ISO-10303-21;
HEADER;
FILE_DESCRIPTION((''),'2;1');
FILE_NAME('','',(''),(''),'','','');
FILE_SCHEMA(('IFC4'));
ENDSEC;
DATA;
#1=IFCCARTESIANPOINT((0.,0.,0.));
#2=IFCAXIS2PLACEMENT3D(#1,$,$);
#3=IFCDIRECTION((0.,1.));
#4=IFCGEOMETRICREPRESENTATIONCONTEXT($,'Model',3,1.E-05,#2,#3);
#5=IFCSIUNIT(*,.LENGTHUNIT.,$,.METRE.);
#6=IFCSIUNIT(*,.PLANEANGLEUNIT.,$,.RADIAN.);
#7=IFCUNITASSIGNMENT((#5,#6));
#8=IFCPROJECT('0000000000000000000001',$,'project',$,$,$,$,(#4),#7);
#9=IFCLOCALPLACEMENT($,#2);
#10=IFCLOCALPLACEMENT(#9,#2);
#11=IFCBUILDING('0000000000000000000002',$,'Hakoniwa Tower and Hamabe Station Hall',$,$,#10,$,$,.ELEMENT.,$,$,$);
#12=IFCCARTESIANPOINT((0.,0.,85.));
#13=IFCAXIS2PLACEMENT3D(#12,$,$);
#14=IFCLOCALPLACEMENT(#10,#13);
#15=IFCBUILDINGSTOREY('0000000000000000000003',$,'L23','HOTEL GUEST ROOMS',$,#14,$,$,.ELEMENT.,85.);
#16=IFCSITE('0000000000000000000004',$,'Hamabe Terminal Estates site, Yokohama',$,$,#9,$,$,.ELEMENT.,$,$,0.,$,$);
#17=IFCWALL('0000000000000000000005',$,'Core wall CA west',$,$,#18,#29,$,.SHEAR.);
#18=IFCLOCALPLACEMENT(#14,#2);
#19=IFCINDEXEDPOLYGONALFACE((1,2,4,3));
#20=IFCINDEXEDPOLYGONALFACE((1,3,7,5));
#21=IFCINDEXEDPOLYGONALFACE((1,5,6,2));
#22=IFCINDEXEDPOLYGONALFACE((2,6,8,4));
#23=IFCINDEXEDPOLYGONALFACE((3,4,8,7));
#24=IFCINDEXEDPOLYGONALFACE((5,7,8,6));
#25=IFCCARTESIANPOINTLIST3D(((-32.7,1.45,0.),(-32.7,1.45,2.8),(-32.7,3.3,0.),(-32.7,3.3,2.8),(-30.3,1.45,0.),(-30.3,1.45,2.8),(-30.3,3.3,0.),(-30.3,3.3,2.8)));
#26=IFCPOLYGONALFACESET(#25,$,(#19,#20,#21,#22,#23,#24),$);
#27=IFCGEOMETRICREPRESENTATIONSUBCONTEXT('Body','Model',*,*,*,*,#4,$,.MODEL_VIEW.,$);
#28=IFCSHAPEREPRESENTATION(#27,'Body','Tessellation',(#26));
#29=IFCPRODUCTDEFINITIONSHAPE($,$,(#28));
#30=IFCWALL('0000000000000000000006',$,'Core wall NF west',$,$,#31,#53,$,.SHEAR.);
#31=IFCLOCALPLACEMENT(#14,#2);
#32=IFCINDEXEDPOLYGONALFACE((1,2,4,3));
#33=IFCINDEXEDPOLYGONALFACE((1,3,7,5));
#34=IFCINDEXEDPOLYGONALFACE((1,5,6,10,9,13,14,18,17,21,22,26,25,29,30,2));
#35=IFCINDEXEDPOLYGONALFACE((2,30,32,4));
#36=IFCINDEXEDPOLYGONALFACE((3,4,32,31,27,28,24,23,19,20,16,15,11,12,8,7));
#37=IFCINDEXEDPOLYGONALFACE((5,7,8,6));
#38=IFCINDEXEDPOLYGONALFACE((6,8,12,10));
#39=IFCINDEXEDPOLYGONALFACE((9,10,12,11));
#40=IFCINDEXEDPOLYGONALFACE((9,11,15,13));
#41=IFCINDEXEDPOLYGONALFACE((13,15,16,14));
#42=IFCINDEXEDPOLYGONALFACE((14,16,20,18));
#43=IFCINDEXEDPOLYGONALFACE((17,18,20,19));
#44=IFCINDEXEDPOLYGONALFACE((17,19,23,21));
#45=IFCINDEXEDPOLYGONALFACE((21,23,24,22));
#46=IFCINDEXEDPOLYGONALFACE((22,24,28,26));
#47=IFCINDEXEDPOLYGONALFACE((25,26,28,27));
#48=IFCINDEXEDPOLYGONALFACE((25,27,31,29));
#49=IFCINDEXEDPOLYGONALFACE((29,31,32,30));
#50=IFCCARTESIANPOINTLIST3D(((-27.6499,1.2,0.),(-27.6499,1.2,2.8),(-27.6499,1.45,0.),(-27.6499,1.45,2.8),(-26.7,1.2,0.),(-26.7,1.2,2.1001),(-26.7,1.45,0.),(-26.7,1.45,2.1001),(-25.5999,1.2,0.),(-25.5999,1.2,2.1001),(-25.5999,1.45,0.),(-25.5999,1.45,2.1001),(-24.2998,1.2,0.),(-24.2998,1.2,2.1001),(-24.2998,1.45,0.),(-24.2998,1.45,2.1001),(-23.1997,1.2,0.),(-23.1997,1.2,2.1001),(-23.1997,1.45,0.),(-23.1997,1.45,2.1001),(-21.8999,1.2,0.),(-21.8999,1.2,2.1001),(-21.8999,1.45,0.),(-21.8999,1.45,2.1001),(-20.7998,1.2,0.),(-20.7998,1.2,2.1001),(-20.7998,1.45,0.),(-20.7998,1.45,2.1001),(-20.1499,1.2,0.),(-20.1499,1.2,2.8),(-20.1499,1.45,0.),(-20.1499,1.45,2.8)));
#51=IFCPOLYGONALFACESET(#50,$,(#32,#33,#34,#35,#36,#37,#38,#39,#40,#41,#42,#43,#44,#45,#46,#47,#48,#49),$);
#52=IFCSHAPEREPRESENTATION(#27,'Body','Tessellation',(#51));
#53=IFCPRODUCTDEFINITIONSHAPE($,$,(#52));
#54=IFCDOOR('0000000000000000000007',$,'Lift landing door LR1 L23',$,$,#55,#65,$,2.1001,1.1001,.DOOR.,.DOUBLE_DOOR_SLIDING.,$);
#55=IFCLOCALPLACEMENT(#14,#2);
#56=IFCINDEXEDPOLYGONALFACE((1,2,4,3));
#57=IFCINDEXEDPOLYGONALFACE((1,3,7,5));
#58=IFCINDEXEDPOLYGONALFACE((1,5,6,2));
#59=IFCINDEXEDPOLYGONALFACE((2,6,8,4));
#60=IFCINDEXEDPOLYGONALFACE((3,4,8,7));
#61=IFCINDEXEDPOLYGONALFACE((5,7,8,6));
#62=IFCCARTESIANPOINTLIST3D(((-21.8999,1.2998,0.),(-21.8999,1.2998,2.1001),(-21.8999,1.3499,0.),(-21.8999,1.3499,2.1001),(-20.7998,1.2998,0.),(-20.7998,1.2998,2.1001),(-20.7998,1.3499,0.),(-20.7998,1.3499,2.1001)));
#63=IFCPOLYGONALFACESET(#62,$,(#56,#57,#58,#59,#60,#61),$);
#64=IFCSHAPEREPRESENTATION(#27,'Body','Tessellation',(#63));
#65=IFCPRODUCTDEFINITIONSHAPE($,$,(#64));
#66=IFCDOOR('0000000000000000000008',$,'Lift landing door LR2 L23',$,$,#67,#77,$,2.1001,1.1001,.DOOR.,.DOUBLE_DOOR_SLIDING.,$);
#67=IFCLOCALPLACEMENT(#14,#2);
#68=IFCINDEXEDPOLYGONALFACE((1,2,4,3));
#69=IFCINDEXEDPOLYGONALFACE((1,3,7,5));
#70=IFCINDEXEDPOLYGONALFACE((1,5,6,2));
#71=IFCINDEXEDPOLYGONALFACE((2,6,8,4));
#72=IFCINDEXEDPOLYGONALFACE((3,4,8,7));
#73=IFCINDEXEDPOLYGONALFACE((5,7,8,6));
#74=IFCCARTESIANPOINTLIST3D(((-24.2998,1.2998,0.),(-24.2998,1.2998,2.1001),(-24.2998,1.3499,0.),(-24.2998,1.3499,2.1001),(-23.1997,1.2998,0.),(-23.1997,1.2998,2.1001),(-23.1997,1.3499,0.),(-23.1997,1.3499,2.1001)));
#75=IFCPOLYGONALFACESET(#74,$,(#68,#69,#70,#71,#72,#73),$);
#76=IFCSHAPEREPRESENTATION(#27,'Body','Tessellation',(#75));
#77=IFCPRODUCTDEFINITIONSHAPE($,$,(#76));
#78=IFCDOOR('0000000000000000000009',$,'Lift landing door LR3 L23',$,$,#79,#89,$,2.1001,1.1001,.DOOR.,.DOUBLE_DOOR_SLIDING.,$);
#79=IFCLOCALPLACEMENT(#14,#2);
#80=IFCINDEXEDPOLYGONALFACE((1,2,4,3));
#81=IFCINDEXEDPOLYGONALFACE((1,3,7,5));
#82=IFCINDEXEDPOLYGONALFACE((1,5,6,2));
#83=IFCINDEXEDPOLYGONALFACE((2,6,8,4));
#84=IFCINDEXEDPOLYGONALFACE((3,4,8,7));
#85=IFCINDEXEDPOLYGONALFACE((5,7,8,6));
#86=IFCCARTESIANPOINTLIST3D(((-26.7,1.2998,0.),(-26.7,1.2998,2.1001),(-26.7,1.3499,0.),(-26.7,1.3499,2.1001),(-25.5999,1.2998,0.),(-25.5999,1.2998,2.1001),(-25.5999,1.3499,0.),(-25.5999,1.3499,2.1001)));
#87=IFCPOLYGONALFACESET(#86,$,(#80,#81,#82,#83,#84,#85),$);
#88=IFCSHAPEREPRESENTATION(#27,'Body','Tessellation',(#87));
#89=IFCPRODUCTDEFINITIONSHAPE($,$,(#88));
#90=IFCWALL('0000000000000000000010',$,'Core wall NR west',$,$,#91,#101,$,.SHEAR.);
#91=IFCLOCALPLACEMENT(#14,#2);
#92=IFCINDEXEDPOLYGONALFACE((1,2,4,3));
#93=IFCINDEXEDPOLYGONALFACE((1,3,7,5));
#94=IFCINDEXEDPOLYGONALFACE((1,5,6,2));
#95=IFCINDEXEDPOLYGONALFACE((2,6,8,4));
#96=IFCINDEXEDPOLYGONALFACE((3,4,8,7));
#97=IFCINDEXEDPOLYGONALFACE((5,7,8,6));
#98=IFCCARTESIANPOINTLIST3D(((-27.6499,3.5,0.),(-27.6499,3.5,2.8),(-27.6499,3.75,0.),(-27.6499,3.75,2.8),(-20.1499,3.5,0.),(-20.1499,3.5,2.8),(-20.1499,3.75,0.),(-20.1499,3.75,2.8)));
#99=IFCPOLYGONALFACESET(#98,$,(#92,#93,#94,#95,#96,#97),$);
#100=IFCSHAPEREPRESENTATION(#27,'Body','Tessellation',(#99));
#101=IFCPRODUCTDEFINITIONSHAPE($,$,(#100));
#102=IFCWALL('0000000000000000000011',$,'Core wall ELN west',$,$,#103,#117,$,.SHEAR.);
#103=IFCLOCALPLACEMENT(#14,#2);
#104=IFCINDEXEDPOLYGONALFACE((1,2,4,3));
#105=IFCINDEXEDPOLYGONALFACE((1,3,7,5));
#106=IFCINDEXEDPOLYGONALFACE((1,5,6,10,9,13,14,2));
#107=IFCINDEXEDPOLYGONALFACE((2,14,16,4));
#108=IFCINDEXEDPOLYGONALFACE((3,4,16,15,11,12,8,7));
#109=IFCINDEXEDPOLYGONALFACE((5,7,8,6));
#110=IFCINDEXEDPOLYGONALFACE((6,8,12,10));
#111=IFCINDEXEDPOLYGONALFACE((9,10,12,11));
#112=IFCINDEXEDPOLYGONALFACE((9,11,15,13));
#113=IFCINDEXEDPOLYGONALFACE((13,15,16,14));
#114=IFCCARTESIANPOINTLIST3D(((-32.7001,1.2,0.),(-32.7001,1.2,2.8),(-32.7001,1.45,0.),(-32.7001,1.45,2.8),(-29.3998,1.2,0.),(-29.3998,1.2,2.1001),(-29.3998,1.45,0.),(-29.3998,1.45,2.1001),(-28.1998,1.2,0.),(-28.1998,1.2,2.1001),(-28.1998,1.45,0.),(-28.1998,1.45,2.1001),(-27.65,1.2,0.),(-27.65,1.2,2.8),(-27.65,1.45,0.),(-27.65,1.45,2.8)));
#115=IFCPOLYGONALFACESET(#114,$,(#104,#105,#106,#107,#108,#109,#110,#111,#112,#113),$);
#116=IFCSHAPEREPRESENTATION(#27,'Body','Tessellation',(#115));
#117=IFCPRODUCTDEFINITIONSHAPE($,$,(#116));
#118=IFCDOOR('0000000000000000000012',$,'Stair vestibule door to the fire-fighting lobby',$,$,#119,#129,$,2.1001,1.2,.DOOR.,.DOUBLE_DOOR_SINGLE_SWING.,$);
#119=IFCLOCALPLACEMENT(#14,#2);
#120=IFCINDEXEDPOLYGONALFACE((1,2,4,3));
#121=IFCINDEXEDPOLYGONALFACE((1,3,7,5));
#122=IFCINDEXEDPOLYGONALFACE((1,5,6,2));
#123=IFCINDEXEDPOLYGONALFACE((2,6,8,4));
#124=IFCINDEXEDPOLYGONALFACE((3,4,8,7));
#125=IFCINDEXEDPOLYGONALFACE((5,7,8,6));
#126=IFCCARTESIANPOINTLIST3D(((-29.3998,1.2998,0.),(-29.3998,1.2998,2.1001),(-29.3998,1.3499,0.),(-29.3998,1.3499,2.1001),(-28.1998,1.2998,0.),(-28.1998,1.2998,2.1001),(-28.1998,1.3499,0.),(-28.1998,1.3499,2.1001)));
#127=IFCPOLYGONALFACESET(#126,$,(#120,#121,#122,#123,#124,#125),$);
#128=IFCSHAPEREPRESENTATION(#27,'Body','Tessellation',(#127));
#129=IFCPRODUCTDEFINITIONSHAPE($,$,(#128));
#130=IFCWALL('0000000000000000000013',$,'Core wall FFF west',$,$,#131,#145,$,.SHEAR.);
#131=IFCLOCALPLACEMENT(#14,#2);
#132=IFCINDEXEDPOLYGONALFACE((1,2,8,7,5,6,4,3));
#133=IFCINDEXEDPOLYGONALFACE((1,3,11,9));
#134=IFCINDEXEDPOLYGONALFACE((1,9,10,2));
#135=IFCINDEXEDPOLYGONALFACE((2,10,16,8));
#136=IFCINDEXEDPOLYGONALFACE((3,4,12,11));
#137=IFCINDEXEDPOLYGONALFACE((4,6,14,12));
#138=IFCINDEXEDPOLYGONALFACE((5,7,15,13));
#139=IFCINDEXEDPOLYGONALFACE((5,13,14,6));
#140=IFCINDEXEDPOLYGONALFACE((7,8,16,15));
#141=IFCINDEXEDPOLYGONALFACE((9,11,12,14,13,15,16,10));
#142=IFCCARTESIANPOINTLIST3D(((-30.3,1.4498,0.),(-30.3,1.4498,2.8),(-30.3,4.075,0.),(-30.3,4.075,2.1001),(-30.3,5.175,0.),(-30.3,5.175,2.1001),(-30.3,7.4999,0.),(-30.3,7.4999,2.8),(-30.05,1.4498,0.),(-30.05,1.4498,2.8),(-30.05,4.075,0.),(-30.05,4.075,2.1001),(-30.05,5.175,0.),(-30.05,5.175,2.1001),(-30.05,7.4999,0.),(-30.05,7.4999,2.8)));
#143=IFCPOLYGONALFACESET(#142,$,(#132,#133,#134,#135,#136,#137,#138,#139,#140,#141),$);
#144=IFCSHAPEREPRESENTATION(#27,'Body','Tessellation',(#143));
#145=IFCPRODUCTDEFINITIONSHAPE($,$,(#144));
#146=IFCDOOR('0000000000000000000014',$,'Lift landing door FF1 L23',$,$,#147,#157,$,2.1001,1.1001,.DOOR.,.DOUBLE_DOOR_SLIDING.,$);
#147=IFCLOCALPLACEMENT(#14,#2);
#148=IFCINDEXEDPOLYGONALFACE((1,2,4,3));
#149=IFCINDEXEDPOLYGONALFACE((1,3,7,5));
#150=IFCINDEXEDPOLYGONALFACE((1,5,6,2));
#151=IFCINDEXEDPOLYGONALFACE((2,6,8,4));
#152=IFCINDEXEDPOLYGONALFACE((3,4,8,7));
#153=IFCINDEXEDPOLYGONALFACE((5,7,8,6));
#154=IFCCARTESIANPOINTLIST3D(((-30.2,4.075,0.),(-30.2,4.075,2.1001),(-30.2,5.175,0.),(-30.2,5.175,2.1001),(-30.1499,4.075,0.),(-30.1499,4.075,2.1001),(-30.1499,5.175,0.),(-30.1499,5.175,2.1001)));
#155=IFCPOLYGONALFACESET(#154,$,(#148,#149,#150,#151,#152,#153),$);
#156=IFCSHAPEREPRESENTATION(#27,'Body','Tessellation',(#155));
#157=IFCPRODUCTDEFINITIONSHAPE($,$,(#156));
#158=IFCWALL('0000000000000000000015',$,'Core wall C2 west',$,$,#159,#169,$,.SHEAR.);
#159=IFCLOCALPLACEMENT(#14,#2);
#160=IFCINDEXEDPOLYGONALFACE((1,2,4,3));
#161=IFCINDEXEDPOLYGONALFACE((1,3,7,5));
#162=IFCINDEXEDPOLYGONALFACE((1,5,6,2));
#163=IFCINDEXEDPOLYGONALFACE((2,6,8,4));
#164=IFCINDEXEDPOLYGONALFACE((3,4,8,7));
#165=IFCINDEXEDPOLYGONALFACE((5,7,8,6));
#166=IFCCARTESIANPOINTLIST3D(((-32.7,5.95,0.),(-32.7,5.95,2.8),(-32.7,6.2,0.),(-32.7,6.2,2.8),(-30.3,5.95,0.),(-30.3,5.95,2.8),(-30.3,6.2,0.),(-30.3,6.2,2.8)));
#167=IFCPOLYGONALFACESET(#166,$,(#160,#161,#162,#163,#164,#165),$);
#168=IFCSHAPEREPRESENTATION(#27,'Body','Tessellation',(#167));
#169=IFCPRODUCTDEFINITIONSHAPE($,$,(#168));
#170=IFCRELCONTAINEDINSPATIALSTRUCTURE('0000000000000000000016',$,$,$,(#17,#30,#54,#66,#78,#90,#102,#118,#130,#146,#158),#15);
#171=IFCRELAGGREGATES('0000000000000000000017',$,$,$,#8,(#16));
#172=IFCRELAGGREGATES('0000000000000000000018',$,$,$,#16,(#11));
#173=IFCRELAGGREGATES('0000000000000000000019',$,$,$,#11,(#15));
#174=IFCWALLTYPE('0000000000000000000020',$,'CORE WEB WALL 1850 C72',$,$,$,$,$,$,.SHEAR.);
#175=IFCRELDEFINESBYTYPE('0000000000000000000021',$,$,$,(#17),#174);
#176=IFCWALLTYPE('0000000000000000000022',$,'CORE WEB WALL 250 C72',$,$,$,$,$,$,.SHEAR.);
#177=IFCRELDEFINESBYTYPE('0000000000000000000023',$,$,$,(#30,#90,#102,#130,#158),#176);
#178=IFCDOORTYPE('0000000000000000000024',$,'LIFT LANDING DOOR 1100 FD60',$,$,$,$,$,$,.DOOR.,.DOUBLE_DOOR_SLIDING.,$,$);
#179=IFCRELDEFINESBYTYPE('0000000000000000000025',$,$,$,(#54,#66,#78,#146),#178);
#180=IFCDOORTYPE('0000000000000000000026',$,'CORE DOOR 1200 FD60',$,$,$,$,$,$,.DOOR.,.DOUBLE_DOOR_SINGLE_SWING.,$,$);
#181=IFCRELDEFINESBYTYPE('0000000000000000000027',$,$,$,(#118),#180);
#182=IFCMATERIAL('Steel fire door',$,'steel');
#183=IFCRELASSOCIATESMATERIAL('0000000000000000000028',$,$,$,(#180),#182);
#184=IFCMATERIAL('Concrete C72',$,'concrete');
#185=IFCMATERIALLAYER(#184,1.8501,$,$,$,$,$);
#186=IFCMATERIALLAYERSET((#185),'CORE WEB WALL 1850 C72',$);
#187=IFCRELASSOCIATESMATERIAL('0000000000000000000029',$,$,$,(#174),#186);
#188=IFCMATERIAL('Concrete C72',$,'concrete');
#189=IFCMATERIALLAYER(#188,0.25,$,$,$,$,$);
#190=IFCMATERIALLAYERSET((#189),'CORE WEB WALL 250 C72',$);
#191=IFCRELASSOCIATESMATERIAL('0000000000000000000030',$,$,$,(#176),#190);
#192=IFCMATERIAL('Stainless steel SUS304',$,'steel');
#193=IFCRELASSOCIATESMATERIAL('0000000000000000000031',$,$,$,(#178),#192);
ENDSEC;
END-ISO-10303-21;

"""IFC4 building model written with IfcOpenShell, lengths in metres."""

from ifc_helpers import new_model, si_unit, direction, frame, frame_2d, origin, place, context, subcontext, project, spatial, rectangle, extrude, material, layer, layer_set, type_object, element, fill, save


model = new_model("IFC4")

# Units and contexts
model_context = context("Model", 3, precision=1e-05, world=origin(), true_north=direction((0.0, 1.0)))
body_context = subcontext(model_context, "Body", "Model", "MODEL_VIEW")
ifc_project = project(units=[si_unit("LENGTHUNIT", "METRE"), si_unit("PLANEANGLEUNIT", "RADIAN")], contexts=[model_context])

# Site, building, storey
site_placement = place(None, origin())
site = spatial("IfcSite", under=ifc_project, at=site_placement, Name="Hamabe Terminal Estates site, Yokohama", CompositionType="ELEMENT", RefElevation=0.0)
building_placement = place(site_placement, origin())
building = spatial("IfcBuilding", under=site, at=building_placement, Name="Hakoniwa Tower and Hamabe Station Hall", CompositionType="ELEMENT")
storey_placement = place(building_placement, frame((0.0, 0.0, 85.0)))
storey = spatial("IfcBuildingStorey", under=building, at=storey_placement, Name="L23", Description="HOTEL GUEST ROOMS", CompositionType="ELEMENT", Elevation=85.0)

# Shared definitions
ifc_material_1 = material(Name="Steel fire door", Category="steel")
door_type_1 = type_object("IfcDoorType", Name="CORE DOOR 1200 FD60", OperationType="DOUBLE_DOOR_SINGLE_SWING", PredefinedType="DOOR", material=ifc_material_1)

# Wall
ifc_material_2 = material(Name="Concrete C72", Category="concrete")
ifc_layer_1 = layer(ifc_material_2, 1.8501)
ifc_layer_set_1 = layer_set([ifc_layer_1], Name="CORE WEB WALL 1850 C72")
wall_type_1 = type_object("IfcWallType", Name="CORE WEB WALL 1850 C72", PredefinedType="SHEAR", material=ifc_layer_set_1)
wall_1_placement = place(storey_placement, frame((-32.7, 2.375, 0.0), z_axis=(0.0, 0.0, 1.0), x_axis=(1.0, 0.0, 0.0)))
element("IfcWall", 1, at=wall_1_placement, inside=storey, type_object=wall_type_1, Name="Core wall CA west", PredefinedType="SHEAR", context=body_context, shape_type="SweptSolid", body=[
    extrude(rectangle(XDim=2.3999, YDim=1.8501, at=frame_2d((1.2, 0.0))), origin(), (0.0, 0.0, 1.0), 2.8),
])

# Wall, openings, doors
ifc_material_3 = material(Name="Concrete C72", Category="concrete")
ifc_layer_2 = layer(ifc_material_3, 0.25)
ifc_layer_set_2 = layer_set([ifc_layer_2], Name="CORE WEB WALL 250 C72")
wall_type_2 = type_object("IfcWallType", Name="CORE WEB WALL 250 C72", PredefinedType="SHEAR", material=ifc_layer_set_2)
wall_2_placement = place(storey_placement, frame((-27.6499, 1.325, 0.0), z_axis=(0.0, 0.0, 1.0), x_axis=(1.0, 0.0, 0.0)))
wall_2 = element("IfcWall", 2, at=wall_2_placement, inside=storey, type_object=wall_type_2, Name="Core wall NF west", PredefinedType="SHEAR", context=body_context, shape_type="SweptSolid", body=[
    extrude(rectangle(XDim=7.5, YDim=0.25, at=frame_2d((3.75, 0.0))), origin(), (0.0, 0.0, 1.0), 2.8),
])
opening_1_placement = place(wall_2_placement, frame((5.75, 0.0, 0.0)))
opening_1 = element("IfcOpeningElement", 3, at=opening_1_placement, cuts=wall_2, PredefinedType="OPENING", context=body_context, shape_type="SweptSolid", body=[
    extrude(rectangle(XDim=1.1001, YDim=2.1001, at=frame_2d((0.55, 1.05))), frame((0.0, 0.135, 0.0), z_axis=(0.0, -1.0, 0.0), x_axis=(1.0, 0.0, 0.0)), (0.0, 0.0, 1.0), 0.27),
])
opening_2_placement = place(wall_2_placement, frame((3.3501, 0.0, 0.0)))
opening_2 = element("IfcOpeningElement", 4, at=opening_2_placement, cuts=wall_2, PredefinedType="OPENING", context=body_context, shape_type="SweptSolid", body=[
    extrude(rectangle(XDim=1.1001, YDim=2.1001, at=frame_2d((0.55, 1.05))), frame((0.0, 0.135, 0.0), z_axis=(0.0, -1.0, 0.0), x_axis=(1.0, 0.0, 0.0)), (0.0, 0.0, 1.0), 0.27),
])
opening_3_placement = place(wall_2_placement, frame((0.95, 0.0, 0.0)))
opening_3 = element("IfcOpeningElement", 5, at=opening_3_placement, cuts=wall_2, PredefinedType="OPENING", context=body_context, shape_type="SweptSolid", body=[
    extrude(rectangle(XDim=1.1001, YDim=2.1001, at=frame_2d((0.55, 1.05))), frame((0.0, 0.135, 0.0), z_axis=(0.0, -1.0, 0.0), x_axis=(1.0, 0.0, 0.0)), (0.0, 0.0, 1.0), 0.27),
])
ifc_material_4 = material(Name="Stainless steel SUS304", Category="steel")
door_type_2 = type_object("IfcDoorType", Name="LIFT LANDING DOOR 1100 FD60", OperationType="DOUBLE_DOOR_SLIDING", PredefinedType="DOOR", material=ifc_material_4)
door_1_placement = place(opening_1_placement, origin())
door_1 = element("IfcDoor", 6, at=door_1_placement, inside=storey, type_object=door_type_2, Name="Lift landing door LR1 L23", OperationType="DOUBLE_DOOR_SLIDING", OverallHeight=2.1001, OverallWidth=1.1001, PredefinedType="DOOR", context=body_context, shape_type="SweptSolid", body=[
    extrude(rectangle(XDim=1.1001, YDim=2.1001, at=frame_2d((0.55, 1.05))), frame((0.0, 0.0249, 0.0), z_axis=(0.0, -1.0, 0.0), x_axis=(1.0, 0.0, 0.0)), (0.0, 0.0, 1.0), 0.05),
])
fill(opening_1, door_1)
door_2_placement = place(opening_2_placement, origin())
door_2 = element("IfcDoor", 7, at=door_2_placement, inside=storey, type_object=door_type_2, Name="Lift landing door LR2 L23", OperationType="DOUBLE_DOOR_SLIDING", OverallHeight=2.1001, OverallWidth=1.1001, PredefinedType="DOOR", context=body_context, shape_type="SweptSolid", body=[
    extrude(rectangle(XDim=1.1001, YDim=2.1001, at=frame_2d((0.55, 1.05))), frame((0.0, 0.0249, 0.0), z_axis=(0.0, -1.0, 0.0), x_axis=(1.0, 0.0, 0.0)), (0.0, 0.0, 1.0), 0.05),
])
fill(opening_2, door_2)
door_3_placement = place(opening_3_placement, origin())
door_3 = element("IfcDoor", 8, at=door_3_placement, inside=storey, type_object=door_type_2, Name="Lift landing door LR3 L23", OperationType="DOUBLE_DOOR_SLIDING", OverallHeight=2.1001, OverallWidth=1.1001, PredefinedType="DOOR", context=body_context, shape_type="SweptSolid", body=[
    extrude(rectangle(XDim=1.1001, YDim=2.1001, at=frame_2d((0.55, 1.05))), frame((0.0, 0.0249, 0.0), z_axis=(0.0, -1.0, 0.0), x_axis=(1.0, 0.0, 0.0)), (0.0, 0.0, 1.0), 0.05),
])
fill(opening_3, door_3)

# Wall
wall_3_placement = place(storey_placement, frame((-27.6499, 3.625, 0.0), z_axis=(0.0, 0.0, 1.0), x_axis=(1.0, 0.0, 0.0)))
element("IfcWall", 9, at=wall_3_placement, inside=storey, type_object=wall_type_2, Name="Core wall NR west", PredefinedType="SHEAR", context=body_context, shape_type="SweptSolid", body=[
    extrude(rectangle(XDim=7.5, YDim=0.25, at=frame_2d((3.75, 0.0))), origin(), (0.0, 0.0, 1.0), 2.8),
])

# Walls, openings, doors
wall_4_placement = place(storey_placement, frame((-32.7, 1.325, 0.0), z_axis=(0.0, 0.0, 1.0), x_axis=(1.0, 0.0, 0.0)))
wall_4 = element("IfcWall", 10, at=wall_4_placement, inside=storey, type_object=wall_type_2, Name="Core wall ELN west", PredefinedType="SHEAR", context=body_context, shape_type="SweptSolid", body=[
    extrude(rectangle(XDim=5.05, YDim=0.25, at=frame_2d((2.5249, 0.0))), origin(), (0.0, 0.0, 1.0), 2.8),
])
opening_4_placement = place(wall_4_placement, frame((3.3, 0.0, 0.0)))
opening_4 = element("IfcOpeningElement", 11, at=opening_4_placement, cuts=wall_4, PredefinedType="OPENING", context=body_context, shape_type="SweptSolid", body=[
    extrude(rectangle(XDim=1.2, YDim=2.1001, at=frame_2d((0.6001, 1.05))), frame((0.0, 0.135, 0.0), z_axis=(0.0, -1.0, 0.0), x_axis=(1.0, 0.0, 0.0)), (0.0, 0.0, 1.0), 0.27),
])
door_4_placement = place(opening_4_placement, origin())
door_4 = element("IfcDoor", 12, at=door_4_placement, inside=storey, type_object=door_type_1, Name="Stair vestibule door to the fire-fighting lobby", OperationType="DOUBLE_DOOR_SINGLE_SWING", OverallHeight=2.1001, OverallWidth=1.2, PredefinedType="DOOR", context=body_context, shape_type="SweptSolid", body=[
    extrude(rectangle(XDim=1.2, YDim=2.1001, at=frame_2d((0.6001, 1.05))), frame((0.0, 0.0249, 0.0), z_axis=(0.0, -1.0, 0.0), x_axis=(1.0, 0.0, 0.0)), (0.0, 0.0, 1.0), 0.05),
])
fill(opening_4, door_4)
wall_5_placement = place(storey_placement, frame((-30.175, 1.45, 0.0), z_axis=(0.0, 0.0, 1.0), x_axis=(0.0, 1.0, 0.0)))
wall_5 = element("IfcWall", 13, at=wall_5_placement, inside=storey, type_object=wall_type_2, Name="Core wall FFF west", PredefinedType="SHEAR", context=body_context, shape_type="SweptSolid", body=[
    extrude(rectangle(XDim=6.05, YDim=0.25, at=frame_2d((3.0249, 0.0))), origin(), (0.0, 0.0, 1.0), 2.8),
])
opening_5_placement = place(wall_5_placement, frame((2.625, 0.0, 0.0)))
opening_5 = element("IfcOpeningElement", 14, at=opening_5_placement, cuts=wall_5, PredefinedType="OPENING", context=body_context, shape_type="SweptSolid", body=[
    extrude(rectangle(XDim=1.1001, YDim=2.1001, at=frame_2d((0.55, 1.05))), frame((0.0, 0.135, 0.0), z_axis=(0.0, -1.0, 0.0), x_axis=(1.0, 0.0, 0.0)), (0.0, 0.0, 1.0), 0.27),
])
door_5_placement = place(opening_5_placement, origin())
door_5 = element("IfcDoor", 15, at=door_5_placement, inside=storey, type_object=door_type_2, Name="Lift landing door FF1 L23", OperationType="DOUBLE_DOOR_SLIDING", OverallHeight=2.1001, OverallWidth=1.1001, PredefinedType="DOOR", context=body_context, shape_type="SweptSolid", body=[
    extrude(rectangle(XDim=1.1001, YDim=2.1001, at=frame_2d((0.55, 1.05))), frame((0.0, 0.0249, 0.0), z_axis=(0.0, -1.0, 0.0), x_axis=(1.0, 0.0, 0.0)), (0.0, 0.0, 1.0), 0.05),
])
fill(opening_5, door_5)

# Wall
wall_6_placement = place(storey_placement, frame((-32.7, 6.075, 0.0), z_axis=(0.0, 0.0, 1.0), x_axis=(1.0, 0.0, 0.0)))
element("IfcWall", 16, at=wall_6_placement, inside=storey, type_object=wall_type_2, Name="Core wall C2 west", PredefinedType="SHEAR", context=body_context, shape_type="SweptSolid", body=[
    extrude(rectangle(XDim=2.3999, YDim=0.25, at=frame_2d((1.2, 0.0))), origin(), (0.0, 0.0, 1.0), 2.8),
])

save(model, "model.ifc")
